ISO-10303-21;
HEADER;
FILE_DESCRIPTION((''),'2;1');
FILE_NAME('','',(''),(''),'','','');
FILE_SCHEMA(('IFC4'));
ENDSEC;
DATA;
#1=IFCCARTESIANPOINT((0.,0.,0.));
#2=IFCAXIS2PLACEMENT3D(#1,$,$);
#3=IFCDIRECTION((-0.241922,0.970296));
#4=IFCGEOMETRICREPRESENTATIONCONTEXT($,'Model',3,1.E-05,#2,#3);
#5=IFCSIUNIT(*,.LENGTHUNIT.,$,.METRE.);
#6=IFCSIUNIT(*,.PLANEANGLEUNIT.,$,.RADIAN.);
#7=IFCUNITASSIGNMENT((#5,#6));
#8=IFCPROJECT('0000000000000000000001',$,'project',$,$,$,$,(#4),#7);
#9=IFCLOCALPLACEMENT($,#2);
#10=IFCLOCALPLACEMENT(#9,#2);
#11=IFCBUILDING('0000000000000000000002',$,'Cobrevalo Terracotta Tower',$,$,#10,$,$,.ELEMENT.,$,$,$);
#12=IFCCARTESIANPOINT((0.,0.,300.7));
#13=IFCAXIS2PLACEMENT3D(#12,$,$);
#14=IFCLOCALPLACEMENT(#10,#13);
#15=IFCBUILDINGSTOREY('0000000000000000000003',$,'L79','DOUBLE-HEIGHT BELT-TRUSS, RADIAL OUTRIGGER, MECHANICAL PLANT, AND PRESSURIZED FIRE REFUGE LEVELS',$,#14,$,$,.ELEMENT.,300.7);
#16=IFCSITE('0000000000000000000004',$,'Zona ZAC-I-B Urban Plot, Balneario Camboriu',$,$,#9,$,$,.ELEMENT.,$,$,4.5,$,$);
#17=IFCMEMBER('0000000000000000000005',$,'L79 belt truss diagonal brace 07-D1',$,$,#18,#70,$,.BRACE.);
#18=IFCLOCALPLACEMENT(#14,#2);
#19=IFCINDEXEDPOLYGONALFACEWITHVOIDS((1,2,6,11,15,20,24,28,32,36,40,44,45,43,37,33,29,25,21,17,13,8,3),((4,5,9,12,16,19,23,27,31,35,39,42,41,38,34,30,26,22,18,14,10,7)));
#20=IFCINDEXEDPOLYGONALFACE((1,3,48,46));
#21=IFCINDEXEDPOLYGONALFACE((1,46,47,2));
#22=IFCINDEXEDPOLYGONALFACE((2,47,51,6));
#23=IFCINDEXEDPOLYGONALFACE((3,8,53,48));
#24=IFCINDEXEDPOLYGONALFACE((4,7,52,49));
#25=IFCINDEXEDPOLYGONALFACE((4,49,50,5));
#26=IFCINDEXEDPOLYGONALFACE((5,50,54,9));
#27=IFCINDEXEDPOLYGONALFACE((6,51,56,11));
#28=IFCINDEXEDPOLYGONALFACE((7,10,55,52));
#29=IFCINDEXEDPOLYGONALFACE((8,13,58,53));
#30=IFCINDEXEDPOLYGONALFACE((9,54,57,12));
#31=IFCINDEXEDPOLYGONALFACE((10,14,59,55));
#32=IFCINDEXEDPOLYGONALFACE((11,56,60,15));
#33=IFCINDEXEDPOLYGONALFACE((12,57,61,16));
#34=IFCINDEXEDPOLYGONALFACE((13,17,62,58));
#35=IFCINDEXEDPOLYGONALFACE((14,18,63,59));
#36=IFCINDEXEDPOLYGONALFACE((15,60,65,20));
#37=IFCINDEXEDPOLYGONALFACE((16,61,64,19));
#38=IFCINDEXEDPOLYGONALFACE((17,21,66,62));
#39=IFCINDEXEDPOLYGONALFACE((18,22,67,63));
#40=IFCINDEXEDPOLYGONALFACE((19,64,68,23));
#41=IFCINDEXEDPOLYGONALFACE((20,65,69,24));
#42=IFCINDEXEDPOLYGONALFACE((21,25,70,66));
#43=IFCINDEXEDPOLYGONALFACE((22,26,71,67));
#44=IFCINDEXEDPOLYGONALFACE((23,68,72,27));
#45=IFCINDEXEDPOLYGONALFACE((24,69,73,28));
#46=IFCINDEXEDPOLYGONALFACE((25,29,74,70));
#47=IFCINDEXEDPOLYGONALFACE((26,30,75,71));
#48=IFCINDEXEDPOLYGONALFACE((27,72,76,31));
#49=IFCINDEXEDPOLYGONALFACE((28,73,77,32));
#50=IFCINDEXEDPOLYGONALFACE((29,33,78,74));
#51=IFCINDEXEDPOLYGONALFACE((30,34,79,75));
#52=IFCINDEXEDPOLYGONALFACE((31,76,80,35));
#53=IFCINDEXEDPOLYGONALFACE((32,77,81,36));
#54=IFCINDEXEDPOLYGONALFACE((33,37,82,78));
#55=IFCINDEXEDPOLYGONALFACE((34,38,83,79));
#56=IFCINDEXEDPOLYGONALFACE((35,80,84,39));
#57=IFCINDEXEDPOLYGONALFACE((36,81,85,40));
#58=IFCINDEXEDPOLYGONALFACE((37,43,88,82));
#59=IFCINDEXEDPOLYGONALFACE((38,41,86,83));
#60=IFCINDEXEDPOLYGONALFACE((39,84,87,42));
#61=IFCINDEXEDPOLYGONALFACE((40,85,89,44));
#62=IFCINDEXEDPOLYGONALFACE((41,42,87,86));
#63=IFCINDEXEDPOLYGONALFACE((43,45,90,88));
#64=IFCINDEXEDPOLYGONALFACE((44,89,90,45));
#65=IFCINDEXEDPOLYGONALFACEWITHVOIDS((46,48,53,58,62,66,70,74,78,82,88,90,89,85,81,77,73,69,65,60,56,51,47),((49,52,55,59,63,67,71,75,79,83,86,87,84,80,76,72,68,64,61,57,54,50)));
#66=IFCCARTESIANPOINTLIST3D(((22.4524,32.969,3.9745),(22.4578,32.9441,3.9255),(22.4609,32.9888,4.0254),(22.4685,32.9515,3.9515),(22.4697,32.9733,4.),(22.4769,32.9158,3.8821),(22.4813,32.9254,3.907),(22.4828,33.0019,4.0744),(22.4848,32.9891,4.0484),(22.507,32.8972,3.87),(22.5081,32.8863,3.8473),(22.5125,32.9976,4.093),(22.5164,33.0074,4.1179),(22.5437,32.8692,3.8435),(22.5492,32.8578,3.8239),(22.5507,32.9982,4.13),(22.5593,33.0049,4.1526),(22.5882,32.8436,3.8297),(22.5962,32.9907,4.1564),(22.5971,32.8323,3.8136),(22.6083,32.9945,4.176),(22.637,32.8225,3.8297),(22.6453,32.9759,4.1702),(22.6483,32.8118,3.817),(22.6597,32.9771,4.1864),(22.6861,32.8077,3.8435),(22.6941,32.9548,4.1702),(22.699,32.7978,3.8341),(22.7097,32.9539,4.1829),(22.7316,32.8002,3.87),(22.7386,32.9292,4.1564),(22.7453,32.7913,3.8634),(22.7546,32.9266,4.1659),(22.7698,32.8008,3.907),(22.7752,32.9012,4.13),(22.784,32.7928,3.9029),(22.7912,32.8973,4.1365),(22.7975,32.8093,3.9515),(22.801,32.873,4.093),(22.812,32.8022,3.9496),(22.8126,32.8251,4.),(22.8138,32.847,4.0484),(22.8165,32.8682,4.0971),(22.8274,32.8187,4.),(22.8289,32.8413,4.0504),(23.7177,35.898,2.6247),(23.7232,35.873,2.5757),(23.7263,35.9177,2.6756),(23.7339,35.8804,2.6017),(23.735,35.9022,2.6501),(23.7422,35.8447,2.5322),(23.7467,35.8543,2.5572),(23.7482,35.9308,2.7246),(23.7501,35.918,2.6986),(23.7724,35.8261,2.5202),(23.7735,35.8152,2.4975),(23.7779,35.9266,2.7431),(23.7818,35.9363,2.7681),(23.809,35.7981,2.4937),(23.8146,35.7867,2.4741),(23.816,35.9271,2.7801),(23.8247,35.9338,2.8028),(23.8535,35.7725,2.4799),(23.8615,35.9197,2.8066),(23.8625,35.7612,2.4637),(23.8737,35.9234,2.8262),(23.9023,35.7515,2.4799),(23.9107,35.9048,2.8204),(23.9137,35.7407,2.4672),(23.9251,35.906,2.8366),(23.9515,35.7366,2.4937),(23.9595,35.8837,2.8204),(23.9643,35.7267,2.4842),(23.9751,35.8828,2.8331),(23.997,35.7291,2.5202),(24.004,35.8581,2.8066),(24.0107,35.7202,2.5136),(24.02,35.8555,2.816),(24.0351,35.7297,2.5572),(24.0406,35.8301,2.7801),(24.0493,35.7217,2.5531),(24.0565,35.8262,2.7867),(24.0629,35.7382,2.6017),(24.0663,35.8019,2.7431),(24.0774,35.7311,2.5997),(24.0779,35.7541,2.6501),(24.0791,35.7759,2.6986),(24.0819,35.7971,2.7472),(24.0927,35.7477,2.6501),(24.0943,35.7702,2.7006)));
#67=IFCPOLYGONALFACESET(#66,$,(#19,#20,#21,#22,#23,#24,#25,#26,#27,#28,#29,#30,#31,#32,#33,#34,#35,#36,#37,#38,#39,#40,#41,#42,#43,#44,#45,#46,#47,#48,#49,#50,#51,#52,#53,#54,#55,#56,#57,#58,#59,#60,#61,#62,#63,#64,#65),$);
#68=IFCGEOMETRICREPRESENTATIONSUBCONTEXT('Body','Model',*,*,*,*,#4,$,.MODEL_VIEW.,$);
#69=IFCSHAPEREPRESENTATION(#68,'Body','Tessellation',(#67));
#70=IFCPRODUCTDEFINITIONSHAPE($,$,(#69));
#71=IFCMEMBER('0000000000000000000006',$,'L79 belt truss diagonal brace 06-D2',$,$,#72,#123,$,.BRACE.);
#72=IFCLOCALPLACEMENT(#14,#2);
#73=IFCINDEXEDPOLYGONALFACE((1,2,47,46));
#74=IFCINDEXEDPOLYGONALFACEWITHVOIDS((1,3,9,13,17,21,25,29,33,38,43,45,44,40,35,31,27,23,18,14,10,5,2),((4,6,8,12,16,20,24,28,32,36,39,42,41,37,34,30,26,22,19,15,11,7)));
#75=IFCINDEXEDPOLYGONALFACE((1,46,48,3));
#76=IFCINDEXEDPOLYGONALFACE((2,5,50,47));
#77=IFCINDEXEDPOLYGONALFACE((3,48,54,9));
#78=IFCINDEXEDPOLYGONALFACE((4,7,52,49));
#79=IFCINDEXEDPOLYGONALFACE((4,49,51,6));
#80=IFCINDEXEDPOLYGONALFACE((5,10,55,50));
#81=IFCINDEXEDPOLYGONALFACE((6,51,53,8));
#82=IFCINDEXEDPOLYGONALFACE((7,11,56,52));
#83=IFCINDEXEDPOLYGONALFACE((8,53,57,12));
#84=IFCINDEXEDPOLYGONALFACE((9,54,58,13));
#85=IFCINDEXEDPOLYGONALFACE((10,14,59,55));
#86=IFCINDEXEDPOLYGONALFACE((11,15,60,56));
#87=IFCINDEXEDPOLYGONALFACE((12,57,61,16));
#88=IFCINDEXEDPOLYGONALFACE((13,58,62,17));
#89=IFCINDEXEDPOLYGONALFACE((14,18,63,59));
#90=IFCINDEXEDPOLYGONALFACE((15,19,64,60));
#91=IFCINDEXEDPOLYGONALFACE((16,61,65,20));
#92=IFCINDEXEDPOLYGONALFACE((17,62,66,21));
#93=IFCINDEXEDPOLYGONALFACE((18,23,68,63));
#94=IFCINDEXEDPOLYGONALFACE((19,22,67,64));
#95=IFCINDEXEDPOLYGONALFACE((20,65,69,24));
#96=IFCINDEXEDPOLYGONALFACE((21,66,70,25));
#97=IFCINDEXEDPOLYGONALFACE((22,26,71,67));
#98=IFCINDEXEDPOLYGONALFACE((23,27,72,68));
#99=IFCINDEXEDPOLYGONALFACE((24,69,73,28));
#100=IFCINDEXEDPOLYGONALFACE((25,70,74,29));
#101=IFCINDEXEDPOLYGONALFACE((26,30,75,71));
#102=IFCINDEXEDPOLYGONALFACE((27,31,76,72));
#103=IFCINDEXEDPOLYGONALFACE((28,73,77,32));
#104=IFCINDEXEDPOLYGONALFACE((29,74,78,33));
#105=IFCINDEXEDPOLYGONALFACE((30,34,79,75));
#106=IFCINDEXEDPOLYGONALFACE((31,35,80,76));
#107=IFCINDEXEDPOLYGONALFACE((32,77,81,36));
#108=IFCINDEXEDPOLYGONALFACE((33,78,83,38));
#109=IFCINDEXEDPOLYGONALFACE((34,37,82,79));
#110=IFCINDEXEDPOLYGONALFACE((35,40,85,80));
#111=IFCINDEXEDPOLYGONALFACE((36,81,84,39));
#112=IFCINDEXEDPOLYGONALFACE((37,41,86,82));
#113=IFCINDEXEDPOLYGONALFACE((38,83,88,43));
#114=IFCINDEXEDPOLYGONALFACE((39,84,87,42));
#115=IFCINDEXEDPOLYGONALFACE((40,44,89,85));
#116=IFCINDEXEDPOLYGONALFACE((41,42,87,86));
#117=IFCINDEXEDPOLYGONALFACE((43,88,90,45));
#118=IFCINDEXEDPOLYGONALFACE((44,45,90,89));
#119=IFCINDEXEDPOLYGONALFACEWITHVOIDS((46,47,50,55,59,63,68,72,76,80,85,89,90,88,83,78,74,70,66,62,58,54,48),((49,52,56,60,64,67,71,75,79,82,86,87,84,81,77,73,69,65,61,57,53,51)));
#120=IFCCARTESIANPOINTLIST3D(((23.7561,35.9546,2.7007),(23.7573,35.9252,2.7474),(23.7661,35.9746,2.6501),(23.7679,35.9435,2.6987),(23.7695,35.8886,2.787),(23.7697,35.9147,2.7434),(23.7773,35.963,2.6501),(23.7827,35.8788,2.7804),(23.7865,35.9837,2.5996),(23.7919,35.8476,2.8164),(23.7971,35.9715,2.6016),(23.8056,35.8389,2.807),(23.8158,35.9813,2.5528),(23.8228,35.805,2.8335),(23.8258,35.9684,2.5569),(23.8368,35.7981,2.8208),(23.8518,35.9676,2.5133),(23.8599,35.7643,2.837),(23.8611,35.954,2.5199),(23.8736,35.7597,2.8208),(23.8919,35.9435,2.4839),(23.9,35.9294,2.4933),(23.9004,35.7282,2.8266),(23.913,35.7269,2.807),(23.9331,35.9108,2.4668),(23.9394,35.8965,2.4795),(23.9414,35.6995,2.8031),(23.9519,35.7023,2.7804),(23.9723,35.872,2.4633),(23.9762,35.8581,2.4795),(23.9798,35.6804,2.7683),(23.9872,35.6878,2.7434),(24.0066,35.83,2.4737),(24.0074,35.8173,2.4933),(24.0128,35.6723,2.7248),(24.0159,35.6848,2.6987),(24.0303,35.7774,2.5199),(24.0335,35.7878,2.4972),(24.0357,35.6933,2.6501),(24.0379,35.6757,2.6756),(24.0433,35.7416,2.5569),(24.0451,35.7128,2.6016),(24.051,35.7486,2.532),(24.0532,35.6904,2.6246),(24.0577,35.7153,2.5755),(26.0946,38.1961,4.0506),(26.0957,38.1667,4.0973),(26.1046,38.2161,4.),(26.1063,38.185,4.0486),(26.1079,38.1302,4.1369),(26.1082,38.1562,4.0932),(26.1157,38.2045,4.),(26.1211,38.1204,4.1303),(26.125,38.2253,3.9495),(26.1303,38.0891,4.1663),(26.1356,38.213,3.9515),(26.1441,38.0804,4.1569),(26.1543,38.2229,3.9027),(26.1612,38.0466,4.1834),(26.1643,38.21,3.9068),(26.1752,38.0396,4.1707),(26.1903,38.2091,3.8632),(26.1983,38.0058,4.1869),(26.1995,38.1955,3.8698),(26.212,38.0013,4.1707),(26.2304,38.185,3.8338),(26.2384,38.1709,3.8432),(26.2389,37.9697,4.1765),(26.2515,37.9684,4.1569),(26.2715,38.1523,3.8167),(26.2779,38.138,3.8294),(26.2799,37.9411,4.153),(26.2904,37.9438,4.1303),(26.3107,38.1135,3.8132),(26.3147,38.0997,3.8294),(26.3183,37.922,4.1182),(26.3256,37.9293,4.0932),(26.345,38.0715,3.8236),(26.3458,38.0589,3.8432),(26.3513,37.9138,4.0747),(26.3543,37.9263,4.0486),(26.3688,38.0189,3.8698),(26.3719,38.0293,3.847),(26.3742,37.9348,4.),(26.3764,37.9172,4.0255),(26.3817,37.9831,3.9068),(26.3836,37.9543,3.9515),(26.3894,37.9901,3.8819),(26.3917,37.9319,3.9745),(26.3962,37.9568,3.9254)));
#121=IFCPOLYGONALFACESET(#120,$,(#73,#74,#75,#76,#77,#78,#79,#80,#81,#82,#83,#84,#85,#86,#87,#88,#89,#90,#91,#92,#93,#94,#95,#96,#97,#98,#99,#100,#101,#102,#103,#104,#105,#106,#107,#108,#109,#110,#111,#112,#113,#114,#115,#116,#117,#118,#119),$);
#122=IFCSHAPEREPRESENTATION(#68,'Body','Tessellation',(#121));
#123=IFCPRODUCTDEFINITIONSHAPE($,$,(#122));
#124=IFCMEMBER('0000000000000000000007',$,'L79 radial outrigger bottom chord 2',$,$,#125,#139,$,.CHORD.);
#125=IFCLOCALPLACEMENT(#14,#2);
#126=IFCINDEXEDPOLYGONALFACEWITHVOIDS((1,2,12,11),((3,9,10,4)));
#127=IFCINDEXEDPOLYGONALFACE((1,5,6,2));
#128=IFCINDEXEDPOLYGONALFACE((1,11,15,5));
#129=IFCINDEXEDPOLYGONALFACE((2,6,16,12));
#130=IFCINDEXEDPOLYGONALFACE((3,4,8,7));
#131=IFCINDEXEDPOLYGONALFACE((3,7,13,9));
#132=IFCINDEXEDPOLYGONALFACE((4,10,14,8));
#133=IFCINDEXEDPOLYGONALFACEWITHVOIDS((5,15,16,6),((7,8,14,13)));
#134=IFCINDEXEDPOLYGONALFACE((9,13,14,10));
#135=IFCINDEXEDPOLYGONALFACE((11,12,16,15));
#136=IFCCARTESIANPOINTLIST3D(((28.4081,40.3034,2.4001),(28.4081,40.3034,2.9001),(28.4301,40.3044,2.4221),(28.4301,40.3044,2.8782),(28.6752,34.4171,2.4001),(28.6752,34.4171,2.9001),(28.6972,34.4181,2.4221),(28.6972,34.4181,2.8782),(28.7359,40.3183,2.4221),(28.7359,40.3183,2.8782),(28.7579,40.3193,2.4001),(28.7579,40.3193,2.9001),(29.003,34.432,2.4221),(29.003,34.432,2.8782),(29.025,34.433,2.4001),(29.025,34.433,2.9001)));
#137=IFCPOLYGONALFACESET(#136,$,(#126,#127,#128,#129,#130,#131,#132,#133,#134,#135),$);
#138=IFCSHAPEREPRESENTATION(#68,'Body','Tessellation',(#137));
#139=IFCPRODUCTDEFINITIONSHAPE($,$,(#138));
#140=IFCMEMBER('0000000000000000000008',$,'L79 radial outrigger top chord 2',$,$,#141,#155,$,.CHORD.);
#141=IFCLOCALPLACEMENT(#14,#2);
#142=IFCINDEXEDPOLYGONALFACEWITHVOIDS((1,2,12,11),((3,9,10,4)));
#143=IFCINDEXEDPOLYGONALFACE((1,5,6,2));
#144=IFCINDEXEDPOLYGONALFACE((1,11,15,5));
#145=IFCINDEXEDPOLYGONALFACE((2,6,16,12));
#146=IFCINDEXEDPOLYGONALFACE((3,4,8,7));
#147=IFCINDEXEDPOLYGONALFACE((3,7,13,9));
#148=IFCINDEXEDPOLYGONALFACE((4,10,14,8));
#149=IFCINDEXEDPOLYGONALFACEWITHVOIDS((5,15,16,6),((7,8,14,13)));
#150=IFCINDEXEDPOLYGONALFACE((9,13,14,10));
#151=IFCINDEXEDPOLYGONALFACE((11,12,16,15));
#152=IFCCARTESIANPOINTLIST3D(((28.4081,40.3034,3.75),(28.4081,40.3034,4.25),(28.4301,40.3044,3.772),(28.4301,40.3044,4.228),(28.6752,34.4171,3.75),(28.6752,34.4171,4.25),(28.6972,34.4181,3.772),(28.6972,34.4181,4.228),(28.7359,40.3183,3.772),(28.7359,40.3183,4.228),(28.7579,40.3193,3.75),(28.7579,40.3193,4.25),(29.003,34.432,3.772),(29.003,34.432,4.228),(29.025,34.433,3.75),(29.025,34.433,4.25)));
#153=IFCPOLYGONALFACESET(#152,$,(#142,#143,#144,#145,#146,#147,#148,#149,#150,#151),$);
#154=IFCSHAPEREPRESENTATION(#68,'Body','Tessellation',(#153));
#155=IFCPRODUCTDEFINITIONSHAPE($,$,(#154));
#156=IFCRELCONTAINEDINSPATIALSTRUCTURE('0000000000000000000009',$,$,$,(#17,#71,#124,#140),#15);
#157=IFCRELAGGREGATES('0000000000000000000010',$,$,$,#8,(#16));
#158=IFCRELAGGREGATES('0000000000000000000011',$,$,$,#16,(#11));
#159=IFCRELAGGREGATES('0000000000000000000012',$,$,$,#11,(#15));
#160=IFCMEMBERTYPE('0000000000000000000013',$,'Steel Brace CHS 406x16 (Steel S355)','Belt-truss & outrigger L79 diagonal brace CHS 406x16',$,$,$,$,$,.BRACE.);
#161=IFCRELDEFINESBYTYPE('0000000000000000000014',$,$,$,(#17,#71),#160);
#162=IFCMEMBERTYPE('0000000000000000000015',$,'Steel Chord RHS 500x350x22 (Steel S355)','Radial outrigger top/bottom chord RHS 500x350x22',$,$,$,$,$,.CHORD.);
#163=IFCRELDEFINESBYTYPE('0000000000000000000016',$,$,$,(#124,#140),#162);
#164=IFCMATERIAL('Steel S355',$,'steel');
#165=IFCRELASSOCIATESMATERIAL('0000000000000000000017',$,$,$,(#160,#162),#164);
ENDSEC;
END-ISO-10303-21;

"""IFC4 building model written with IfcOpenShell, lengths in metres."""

from ifc_helpers import new_model, si_unit, direction, frame, origin, origin_2d, place, context, subcontext, project, spatial, hollow_rectangle, hollow_circle, extrude, source, transform, mapped, material, material_profile, profile_set, type_object, element, save


model = new_model("IFC4")

# Units and contexts
model_context = context("Model", 3, precision=1e-05, world=origin(), true_north=direction((-0.241922, 0.970296)))
body_context = subcontext(model_context, "Body", "Model", "MODEL_VIEW")
ifc_project = project(units=[si_unit("LENGTHUNIT", "METRE"), si_unit("PLANEANGLEUNIT", "RADIAN")], contexts=[model_context])

# Site, building, storey
site_placement = place(None, origin())
site = spatial("IfcSite", under=ifc_project, at=site_placement, Name="Zona ZAC-I-B Urban Plot, Balneario Camboriu", CompositionType="ELEMENT", RefElevation=4.5)
building_placement = place(site_placement, origin())
building = spatial("IfcBuilding", under=site, at=building_placement, Name="Cobrevalo Terracotta Tower", CompositionType="ELEMENT")
storey_placement = place(building_placement, frame((0.0, 0.0, 300.7)))
storey = spatial("IfcBuildingStorey", under=building, at=storey_placement, Name="L79", Description="DOUBLE-HEIGHT BELT-TRUSS, RADIAL OUTRIGGER, MECHANICAL PLANT, AND PRESSURIZED FIRE REFUGE LEVELS", CompositionType="ELEMENT", Elevation=300.7)

# Shared definitions
ifc_material_1 = material(Name="Steel S355", Category="steel")

# Members
ifc_material_profile_1 = material_profile(ifc_material_1, hollow_circle(Radius=0.2029, WallThickness=0.0161, at=origin_2d()), Name="CHS 406x16")
ifc_profile_set_1 = profile_set([ifc_material_profile_1], Name="Steel S355")
member_type_1 = type_object("IfcMemberType", Name="Steel Brace CHS 406x16 (Steel S355)", Description="Belt-truss & outrigger L79 diagonal brace CHS 406x16", PredefinedType="BRACE", material=ifc_profile_set_1)
shared_shape_1 = source(origin(), body_context, "Body", "SweptSolid", [
    extrude(hollow_circle(Radius=0.2029, WallThickness=0.0161, at=origin_2d()), origin(), (0.0, 0.0, 1.0), 3.4644),
])
member_1_placement = place(storey_placement, frame((23.9065, 35.8281, 2.6501), z_axis=(-0.365252, -0.845444, 0.389636), x_axis=(0.917993, -0.396596, 0.0)))
element("IfcMember", 1, at=member_1_placement, inside=storey, type_object=member_type_1, Name="L79 belt truss diagonal brace 07-D1", PredefinedType="BRACE", context=body_context, shape_type="MappedRepresentation", body=[
    mapped(shared_shape_1, transform((0.0, 0.0, 0.0), scale=1.0)),
])
shared_shape_2 = source(origin(), body_context, "Body", "SweptSolid", [
    extrude(hollow_circle(Radius=0.2029, WallThickness=0.0161, at=origin_2d()), origin(), (0.0, 0.0, 1.0), 3.5093),
])
member_2_placement = place(storey_placement, frame((23.9065, 35.8281, 2.6501), z_axis=(0.666363, 0.638743, 0.384665), x_axis=(-0.691987, 0.72191, 0.0)))
element("IfcMember", 2, at=member_2_placement, inside=storey, type_object=member_type_1, Name="L79 belt truss diagonal brace 06-D2", PredefinedType="BRACE", context=body_context, shape_type="MappedRepresentation", body=[
    mapped(shared_shape_2, transform((0.0, 0.0, 0.0), scale=1.0)),
])
ifc_material_profile_2 = material_profile(ifc_material_1, hollow_rectangle(XDim=0.3501, YDim=0.5, WallThickness=0.022, at=origin_2d()), Name="RHS 500x350x22")
ifc_profile_set_2 = profile_set([ifc_material_profile_2], Name="Steel S355")
member_type_2 = type_object("IfcMemberType", Name="Steel Chord RHS 500x350x22 (Steel S355)", Description="Radial outrigger top/bottom chord RHS 500x350x22", PredefinedType="CHORD", material=ifc_profile_set_2)
shared_shape_3 = source(origin(), body_context, "Body", "SweptSolid", [
    extrude(hollow_rectangle(XDim=0.3501, YDim=0.5, WallThickness=0.022, at=origin_2d()), origin(), (0.0, 0.0, 1.0), 5.8923),
])
for number, where, z_axis, x_axis, name in (
    (3, (28.8501, 34.425, 2.6501), (-0.045329, 0.998972, 0.0), (-0.998972, -0.045329, 0.0), "L79 radial outrigger bottom chord 2"),
    (4, (28.8501, 34.425, 4.0), (-0.045329, 0.998972, 0.0), (-0.998972, -0.045329, 0.0), "L79 radial outrigger top chord 2"),
):
    element("IfcMember", number, at=place(storey_placement, frame(where, z_axis=z_axis, x_axis=x_axis)), inside=storey, type_object=member_type_2, Name=name, PredefinedType="CHORD", context=body_context, shape_type="MappedRepresentation", body=[
        mapped(shared_shape_3, transform((0.0, 0.0, 0.0), scale=1.0)),
    ])

save(model, "model.ifc")
